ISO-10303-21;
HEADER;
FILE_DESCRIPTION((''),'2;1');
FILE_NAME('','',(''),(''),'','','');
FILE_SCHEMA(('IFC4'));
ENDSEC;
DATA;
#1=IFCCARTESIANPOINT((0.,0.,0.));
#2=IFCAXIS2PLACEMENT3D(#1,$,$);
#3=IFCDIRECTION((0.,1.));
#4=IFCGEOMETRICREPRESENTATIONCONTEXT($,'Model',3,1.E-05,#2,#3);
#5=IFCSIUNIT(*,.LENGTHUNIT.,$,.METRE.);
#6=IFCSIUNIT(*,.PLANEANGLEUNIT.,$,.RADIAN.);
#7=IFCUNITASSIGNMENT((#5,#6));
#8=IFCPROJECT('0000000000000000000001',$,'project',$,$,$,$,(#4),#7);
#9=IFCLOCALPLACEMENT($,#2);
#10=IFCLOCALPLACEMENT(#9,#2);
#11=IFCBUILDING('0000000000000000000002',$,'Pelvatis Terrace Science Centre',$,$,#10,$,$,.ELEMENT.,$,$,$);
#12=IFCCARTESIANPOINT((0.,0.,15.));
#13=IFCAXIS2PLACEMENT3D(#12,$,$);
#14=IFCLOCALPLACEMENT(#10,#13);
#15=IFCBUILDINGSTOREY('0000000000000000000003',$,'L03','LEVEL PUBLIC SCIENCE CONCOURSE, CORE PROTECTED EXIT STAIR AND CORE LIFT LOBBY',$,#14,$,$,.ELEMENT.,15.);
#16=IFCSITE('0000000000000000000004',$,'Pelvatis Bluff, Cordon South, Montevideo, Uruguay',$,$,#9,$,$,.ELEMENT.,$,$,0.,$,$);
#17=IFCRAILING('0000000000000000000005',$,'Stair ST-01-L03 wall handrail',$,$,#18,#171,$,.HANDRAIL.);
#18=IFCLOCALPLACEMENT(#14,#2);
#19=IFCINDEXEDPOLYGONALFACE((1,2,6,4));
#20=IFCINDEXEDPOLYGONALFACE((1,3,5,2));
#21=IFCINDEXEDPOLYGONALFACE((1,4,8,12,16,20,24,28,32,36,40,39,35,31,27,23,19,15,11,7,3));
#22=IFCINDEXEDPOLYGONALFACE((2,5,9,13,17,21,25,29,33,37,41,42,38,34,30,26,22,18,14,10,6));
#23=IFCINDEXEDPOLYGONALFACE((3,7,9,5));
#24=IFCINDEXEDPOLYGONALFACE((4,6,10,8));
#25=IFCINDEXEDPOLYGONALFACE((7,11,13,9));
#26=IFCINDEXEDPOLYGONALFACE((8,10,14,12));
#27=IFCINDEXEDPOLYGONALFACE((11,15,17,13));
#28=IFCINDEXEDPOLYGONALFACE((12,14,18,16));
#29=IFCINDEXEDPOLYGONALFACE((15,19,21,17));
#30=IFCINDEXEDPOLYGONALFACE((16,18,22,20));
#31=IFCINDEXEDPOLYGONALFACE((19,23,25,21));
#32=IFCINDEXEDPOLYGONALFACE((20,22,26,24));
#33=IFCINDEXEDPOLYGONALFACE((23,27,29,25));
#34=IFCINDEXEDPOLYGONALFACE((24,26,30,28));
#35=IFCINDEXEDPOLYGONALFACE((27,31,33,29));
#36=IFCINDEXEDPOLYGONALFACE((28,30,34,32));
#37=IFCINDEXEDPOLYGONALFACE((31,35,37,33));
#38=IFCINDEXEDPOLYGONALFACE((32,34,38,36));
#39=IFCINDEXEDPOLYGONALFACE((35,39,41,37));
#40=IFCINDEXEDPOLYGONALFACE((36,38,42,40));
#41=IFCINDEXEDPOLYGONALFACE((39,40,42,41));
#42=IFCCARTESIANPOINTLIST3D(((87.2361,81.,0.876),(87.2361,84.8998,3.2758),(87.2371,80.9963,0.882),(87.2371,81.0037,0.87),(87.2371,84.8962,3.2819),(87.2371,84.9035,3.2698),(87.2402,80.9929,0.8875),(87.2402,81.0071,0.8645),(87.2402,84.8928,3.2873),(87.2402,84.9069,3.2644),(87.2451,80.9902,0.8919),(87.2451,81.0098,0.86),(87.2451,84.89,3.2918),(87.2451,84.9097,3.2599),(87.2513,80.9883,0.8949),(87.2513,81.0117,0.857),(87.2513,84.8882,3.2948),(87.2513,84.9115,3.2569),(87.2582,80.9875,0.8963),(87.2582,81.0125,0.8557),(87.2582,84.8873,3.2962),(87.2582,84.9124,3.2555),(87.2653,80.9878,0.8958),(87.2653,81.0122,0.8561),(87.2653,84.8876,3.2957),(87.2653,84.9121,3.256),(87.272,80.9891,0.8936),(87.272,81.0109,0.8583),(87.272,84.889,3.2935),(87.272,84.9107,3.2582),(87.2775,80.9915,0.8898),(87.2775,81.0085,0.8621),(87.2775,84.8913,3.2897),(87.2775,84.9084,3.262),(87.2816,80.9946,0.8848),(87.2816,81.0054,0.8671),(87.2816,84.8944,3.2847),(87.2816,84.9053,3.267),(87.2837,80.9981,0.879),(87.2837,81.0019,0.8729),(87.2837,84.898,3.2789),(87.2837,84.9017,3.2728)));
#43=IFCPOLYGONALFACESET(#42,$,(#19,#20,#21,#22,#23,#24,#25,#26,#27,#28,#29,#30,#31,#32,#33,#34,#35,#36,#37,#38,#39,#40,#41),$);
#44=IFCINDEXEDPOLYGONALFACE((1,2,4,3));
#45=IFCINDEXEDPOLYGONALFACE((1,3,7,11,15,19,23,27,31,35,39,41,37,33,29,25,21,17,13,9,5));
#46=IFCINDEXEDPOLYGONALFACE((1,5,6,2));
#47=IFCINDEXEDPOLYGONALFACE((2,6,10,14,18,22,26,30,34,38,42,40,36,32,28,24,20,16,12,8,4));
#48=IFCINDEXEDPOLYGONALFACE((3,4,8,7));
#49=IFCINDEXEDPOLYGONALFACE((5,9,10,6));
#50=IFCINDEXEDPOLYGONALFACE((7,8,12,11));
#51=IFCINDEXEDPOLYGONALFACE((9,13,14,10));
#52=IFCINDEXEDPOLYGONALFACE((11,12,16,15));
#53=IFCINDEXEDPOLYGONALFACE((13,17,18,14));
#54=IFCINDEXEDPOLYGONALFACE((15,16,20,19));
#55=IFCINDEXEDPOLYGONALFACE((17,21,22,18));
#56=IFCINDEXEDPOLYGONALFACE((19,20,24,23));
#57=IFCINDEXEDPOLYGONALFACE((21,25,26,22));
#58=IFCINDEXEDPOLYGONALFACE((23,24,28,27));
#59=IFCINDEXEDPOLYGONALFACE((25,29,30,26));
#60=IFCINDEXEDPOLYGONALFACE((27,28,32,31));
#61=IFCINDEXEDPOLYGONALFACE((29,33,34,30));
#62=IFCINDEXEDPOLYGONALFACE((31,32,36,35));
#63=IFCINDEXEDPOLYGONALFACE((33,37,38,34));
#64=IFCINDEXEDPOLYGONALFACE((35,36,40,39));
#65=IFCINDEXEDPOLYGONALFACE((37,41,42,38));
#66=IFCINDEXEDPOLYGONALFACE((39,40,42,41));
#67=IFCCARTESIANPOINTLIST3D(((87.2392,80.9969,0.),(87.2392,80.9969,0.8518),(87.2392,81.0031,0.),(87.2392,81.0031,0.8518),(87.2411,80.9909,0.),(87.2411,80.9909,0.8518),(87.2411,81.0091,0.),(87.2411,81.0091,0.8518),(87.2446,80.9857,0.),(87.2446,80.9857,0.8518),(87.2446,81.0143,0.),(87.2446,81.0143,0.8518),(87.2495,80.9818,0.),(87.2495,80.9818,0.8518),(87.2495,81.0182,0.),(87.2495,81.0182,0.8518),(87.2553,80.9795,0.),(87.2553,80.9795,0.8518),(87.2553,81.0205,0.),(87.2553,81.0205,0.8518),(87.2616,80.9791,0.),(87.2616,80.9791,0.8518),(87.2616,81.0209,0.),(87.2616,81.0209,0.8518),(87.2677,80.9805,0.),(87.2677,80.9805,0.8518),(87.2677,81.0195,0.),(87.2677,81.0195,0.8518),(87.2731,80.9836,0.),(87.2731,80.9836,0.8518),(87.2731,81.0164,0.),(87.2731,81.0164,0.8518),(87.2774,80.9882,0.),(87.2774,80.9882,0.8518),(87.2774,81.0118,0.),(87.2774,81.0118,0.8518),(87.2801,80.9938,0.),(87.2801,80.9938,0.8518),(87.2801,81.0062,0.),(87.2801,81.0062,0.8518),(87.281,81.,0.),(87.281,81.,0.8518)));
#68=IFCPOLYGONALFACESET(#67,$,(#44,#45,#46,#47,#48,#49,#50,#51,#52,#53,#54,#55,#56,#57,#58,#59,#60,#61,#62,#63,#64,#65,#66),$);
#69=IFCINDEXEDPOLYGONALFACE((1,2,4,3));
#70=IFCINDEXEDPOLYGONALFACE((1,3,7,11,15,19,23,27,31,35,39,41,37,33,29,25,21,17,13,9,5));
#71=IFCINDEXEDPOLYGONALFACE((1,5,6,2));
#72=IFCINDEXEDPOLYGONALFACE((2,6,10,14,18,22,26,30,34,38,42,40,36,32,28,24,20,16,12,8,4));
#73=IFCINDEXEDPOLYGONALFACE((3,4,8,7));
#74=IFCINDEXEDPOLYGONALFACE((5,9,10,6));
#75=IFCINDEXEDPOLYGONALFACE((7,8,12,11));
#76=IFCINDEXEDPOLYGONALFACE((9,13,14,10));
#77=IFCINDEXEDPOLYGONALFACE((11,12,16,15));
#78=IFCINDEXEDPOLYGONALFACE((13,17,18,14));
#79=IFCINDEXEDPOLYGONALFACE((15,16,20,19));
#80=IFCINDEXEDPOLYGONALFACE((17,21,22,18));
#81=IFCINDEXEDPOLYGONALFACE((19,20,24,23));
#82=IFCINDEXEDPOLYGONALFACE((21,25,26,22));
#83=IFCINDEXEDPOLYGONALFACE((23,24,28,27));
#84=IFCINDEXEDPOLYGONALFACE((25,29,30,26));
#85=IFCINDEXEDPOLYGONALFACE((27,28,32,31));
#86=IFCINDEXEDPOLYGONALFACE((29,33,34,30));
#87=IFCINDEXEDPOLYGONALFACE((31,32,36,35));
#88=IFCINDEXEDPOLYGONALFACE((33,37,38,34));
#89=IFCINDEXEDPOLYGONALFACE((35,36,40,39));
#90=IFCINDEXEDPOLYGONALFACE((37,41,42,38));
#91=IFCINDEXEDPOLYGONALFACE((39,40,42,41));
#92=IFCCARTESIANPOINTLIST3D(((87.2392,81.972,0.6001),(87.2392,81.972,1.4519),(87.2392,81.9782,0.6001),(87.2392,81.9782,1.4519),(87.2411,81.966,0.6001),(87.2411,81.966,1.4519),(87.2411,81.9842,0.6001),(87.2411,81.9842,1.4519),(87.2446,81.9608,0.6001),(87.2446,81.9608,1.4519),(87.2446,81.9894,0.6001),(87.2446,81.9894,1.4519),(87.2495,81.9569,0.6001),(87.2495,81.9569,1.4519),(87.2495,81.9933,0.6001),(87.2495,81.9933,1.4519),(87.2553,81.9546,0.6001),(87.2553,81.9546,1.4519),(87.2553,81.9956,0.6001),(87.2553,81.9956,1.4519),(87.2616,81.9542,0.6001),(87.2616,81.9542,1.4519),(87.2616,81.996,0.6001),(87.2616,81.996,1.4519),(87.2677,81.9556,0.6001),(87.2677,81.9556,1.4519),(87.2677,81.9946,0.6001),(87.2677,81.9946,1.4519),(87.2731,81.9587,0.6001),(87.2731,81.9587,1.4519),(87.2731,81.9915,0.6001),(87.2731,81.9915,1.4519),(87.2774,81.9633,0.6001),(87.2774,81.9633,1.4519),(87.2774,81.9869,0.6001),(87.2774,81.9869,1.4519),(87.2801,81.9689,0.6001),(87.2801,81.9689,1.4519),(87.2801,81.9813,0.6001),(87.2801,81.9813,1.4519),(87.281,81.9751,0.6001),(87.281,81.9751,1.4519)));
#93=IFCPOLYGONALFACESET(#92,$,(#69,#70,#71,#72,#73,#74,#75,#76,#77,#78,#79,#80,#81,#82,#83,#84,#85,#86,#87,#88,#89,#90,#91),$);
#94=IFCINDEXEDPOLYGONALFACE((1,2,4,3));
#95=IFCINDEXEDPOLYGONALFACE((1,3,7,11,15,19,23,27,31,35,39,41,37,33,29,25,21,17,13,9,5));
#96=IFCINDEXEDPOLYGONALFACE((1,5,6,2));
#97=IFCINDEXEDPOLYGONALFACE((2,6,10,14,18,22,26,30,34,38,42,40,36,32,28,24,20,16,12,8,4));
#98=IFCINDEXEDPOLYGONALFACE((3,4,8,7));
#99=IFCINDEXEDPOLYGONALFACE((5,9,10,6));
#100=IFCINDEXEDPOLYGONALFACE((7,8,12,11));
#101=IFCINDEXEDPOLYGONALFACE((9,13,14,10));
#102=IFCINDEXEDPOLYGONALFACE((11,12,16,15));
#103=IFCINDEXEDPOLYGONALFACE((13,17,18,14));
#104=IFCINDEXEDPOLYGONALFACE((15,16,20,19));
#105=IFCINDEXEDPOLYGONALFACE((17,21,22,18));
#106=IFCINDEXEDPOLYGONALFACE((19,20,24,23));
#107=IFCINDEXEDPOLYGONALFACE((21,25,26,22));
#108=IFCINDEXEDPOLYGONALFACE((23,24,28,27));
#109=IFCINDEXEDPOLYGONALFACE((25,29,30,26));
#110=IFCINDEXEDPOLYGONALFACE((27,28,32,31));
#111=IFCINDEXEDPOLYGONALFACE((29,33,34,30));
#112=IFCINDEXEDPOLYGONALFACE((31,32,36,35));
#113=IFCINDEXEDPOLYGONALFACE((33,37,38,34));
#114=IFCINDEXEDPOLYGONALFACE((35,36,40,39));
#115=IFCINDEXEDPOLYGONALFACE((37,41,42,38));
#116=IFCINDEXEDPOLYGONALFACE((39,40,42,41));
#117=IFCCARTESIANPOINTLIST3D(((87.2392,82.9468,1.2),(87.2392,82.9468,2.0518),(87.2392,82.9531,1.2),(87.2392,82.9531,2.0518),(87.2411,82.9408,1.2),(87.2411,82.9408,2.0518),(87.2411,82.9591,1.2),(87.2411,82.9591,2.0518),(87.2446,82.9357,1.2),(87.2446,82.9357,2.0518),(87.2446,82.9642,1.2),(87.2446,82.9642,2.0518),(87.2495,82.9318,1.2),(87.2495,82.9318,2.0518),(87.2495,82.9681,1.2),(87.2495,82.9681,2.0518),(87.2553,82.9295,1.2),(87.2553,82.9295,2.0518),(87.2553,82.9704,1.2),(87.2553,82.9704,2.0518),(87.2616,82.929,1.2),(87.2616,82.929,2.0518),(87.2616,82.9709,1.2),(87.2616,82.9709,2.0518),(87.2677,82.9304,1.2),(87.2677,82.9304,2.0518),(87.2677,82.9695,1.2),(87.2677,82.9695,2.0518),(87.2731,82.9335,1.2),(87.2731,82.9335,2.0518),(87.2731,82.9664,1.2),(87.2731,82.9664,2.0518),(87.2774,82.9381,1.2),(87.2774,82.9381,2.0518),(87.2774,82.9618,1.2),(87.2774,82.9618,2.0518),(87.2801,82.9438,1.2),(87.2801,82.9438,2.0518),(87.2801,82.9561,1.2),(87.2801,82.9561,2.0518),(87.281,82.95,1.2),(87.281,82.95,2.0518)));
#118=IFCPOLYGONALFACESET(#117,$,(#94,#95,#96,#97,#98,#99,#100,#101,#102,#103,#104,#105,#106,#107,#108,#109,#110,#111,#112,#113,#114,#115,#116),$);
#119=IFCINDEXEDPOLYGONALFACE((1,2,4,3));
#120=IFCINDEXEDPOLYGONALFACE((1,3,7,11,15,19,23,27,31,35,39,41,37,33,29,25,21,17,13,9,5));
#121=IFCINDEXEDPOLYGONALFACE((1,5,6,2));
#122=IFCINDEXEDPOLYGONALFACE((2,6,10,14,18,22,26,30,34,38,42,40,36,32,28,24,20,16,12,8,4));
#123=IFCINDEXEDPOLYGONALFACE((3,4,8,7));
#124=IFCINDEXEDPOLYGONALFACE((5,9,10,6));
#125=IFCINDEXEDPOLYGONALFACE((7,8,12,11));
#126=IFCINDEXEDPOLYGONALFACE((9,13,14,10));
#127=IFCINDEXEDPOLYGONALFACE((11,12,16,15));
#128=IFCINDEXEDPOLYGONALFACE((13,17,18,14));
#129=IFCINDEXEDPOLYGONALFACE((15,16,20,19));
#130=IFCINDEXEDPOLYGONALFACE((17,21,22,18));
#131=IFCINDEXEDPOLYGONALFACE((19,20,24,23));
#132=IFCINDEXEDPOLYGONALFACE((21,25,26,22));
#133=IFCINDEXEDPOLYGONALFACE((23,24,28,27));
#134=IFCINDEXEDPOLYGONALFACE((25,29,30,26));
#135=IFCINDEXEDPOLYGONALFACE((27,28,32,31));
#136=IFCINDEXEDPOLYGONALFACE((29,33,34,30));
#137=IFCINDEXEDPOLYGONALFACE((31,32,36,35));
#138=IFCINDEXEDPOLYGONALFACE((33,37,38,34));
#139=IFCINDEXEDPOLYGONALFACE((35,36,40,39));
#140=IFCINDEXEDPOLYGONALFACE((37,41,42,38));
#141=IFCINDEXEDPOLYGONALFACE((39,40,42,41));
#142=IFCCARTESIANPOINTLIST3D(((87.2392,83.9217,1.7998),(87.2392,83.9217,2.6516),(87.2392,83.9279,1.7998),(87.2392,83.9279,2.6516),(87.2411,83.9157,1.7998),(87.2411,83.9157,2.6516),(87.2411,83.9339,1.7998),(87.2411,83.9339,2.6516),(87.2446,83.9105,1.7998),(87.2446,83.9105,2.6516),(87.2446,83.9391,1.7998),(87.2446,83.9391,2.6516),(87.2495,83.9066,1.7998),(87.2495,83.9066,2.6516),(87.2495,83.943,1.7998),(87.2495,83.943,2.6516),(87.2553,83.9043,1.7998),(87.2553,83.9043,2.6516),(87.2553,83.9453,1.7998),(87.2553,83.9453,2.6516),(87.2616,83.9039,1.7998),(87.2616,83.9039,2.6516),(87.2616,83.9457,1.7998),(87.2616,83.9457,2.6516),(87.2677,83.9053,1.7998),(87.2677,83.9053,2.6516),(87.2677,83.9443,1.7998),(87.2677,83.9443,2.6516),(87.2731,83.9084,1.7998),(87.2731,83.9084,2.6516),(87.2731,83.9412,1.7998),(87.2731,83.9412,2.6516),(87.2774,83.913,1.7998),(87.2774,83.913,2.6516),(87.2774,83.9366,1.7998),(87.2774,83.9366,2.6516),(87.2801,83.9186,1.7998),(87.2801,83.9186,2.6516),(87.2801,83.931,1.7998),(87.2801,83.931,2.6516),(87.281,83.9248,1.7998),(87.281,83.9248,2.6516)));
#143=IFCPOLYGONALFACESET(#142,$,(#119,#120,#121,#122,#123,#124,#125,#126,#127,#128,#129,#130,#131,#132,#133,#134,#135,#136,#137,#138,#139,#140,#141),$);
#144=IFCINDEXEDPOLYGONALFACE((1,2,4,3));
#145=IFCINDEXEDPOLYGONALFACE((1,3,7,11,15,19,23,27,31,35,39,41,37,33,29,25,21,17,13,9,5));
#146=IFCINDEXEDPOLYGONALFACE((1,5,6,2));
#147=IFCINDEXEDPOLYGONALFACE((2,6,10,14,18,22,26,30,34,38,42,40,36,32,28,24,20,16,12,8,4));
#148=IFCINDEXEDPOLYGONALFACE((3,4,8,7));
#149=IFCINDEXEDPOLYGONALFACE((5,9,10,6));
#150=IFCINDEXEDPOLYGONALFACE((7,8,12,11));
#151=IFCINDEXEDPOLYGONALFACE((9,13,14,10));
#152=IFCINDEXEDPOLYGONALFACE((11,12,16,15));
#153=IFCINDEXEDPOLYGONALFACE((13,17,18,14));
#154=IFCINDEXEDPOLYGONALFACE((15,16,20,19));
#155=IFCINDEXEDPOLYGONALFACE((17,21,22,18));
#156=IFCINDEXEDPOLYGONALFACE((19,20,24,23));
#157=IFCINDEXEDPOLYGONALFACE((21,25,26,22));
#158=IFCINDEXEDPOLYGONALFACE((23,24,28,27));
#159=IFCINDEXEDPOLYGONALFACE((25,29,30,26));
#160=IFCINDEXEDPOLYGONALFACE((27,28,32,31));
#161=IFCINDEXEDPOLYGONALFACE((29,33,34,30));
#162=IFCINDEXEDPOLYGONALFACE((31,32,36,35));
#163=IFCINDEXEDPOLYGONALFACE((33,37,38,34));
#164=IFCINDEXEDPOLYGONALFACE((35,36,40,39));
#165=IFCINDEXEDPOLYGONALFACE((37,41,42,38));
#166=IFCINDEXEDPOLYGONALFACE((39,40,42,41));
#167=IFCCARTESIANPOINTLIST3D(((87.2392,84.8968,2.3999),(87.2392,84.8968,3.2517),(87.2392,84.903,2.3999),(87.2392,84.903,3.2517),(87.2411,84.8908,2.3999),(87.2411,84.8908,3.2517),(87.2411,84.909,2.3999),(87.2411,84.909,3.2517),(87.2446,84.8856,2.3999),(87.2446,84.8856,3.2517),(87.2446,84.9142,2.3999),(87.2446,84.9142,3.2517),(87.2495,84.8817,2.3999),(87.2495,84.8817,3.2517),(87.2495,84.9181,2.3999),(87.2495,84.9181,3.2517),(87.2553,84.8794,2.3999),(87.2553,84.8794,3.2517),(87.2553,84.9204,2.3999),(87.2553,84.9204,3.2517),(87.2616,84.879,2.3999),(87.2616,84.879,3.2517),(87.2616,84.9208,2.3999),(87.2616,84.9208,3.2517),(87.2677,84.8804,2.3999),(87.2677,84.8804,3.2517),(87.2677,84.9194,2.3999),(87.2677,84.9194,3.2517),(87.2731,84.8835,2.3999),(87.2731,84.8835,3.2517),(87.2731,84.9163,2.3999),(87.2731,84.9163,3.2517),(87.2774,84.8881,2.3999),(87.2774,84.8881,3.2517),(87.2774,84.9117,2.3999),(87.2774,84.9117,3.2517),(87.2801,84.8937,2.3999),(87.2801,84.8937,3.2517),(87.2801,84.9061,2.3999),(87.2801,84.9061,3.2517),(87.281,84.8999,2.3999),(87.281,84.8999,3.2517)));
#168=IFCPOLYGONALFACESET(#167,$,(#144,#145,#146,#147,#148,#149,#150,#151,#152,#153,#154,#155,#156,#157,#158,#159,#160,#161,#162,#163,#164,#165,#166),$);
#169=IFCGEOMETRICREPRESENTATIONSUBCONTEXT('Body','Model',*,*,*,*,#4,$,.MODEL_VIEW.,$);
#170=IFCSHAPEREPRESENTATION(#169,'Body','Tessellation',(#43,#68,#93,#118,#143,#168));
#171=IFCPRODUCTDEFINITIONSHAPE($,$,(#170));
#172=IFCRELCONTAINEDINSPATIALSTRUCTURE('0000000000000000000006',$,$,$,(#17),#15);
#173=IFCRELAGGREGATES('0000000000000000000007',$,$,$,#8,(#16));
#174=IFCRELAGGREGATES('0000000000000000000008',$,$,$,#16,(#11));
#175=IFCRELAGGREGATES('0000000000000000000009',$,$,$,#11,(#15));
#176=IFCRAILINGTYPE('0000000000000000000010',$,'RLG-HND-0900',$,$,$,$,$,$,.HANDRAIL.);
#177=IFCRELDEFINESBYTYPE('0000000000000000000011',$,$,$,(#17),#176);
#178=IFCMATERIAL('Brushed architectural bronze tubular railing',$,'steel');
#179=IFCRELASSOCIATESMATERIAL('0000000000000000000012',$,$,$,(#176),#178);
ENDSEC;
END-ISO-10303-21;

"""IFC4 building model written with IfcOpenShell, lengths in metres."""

from ifc_helpers import new_model, si_unit, direction, frame, origin, origin_2d, place, context, subcontext, project, spatial, circle, extrude, material, type_object, element, save


model = new_model("IFC4")

# Units and contexts
model_context = context("Model", 3, precision=1e-05, world=origin(), true_north=direction((0.0, 1.0)))
body_context = subcontext(model_context, "Body", "Model", "MODEL_VIEW")
ifc_project = project(units=[si_unit("LENGTHUNIT", "METRE"), si_unit("PLANEANGLEUNIT", "RADIAN")], contexts=[model_context])

# Site, building, storey
site_placement = place(None, origin())
site = spatial("IfcSite", under=ifc_project, at=site_placement, Name="Pelvatis Bluff, Cordon South, Montevideo, Uruguay", CompositionType="ELEMENT", RefElevation=0.0)
building_placement = place(site_placement, origin())
building = spatial("IfcBuilding", under=site, at=building_placement, Name="Pelvatis Terrace Science Centre", CompositionType="ELEMENT")
storey_placement = place(building_placement, frame((0.0, 0.0, 15.0)))
storey = spatial("IfcBuildingStorey", under=building, at=storey_placement, Name="L03", Description="LEVEL PUBLIC SCIENCE CONCOURSE, CORE PROTECTED EXIT STAIR AND CORE LIFT LOBBY", CompositionType="ELEMENT", Elevation=15.0)

# Railing
ifc_material_1 = material(Name="Brushed architectural bronze tubular railing", Category="steel")
railing_type_1 = type_object("IfcRailingType", Name="RLG-HND-0900", PredefinedType="HANDRAIL", material=ifc_material_1)
railing_1_placement = place(storey_placement, frame((87.26, 81.0, 0.0)))
element("IfcRailing", 1, at=railing_1_placement, inside=storey, type_object=railing_type_1, Name="Stair ST-01-L03 wall handrail", PredefinedType="HANDRAIL", context=body_context, shape_type="SweptSolid", body=[
    extrude(circle(Radius=0.0239, at=origin_2d()), frame((0.0, 0.0, 0.876), z_axis=(0.0, 0.851662, 0.524091), x_axis=(-1.0, 0.0, 0.0)), (0.0, 0.0, 1.0), 4.5791),
    extrude(circle(Radius=0.021, at=origin_2d()), origin(), (0.0, 0.0, 1.0), 0.8518),
    extrude(circle(Radius=0.021, at=origin_2d()), frame((0.0, 0.9751, 0.6001)), (0.0, 0.0, 1.0), 0.8518),
    extrude(circle(Radius=0.021, at=origin_2d()), frame((0.0, 1.95, 1.2)), (0.0, 0.0, 1.0), 0.8518),
    extrude(circle(Radius=0.021, at=origin_2d()), frame((0.0, 2.9248, 1.7998)), (0.0, 0.0, 1.0), 0.8518),
    extrude(circle(Radius=0.021, at=origin_2d()), frame((0.0, 3.8999, 2.3999)), (0.0, 0.0, 1.0), 0.8518),
])

save(model, "model.ifc")
